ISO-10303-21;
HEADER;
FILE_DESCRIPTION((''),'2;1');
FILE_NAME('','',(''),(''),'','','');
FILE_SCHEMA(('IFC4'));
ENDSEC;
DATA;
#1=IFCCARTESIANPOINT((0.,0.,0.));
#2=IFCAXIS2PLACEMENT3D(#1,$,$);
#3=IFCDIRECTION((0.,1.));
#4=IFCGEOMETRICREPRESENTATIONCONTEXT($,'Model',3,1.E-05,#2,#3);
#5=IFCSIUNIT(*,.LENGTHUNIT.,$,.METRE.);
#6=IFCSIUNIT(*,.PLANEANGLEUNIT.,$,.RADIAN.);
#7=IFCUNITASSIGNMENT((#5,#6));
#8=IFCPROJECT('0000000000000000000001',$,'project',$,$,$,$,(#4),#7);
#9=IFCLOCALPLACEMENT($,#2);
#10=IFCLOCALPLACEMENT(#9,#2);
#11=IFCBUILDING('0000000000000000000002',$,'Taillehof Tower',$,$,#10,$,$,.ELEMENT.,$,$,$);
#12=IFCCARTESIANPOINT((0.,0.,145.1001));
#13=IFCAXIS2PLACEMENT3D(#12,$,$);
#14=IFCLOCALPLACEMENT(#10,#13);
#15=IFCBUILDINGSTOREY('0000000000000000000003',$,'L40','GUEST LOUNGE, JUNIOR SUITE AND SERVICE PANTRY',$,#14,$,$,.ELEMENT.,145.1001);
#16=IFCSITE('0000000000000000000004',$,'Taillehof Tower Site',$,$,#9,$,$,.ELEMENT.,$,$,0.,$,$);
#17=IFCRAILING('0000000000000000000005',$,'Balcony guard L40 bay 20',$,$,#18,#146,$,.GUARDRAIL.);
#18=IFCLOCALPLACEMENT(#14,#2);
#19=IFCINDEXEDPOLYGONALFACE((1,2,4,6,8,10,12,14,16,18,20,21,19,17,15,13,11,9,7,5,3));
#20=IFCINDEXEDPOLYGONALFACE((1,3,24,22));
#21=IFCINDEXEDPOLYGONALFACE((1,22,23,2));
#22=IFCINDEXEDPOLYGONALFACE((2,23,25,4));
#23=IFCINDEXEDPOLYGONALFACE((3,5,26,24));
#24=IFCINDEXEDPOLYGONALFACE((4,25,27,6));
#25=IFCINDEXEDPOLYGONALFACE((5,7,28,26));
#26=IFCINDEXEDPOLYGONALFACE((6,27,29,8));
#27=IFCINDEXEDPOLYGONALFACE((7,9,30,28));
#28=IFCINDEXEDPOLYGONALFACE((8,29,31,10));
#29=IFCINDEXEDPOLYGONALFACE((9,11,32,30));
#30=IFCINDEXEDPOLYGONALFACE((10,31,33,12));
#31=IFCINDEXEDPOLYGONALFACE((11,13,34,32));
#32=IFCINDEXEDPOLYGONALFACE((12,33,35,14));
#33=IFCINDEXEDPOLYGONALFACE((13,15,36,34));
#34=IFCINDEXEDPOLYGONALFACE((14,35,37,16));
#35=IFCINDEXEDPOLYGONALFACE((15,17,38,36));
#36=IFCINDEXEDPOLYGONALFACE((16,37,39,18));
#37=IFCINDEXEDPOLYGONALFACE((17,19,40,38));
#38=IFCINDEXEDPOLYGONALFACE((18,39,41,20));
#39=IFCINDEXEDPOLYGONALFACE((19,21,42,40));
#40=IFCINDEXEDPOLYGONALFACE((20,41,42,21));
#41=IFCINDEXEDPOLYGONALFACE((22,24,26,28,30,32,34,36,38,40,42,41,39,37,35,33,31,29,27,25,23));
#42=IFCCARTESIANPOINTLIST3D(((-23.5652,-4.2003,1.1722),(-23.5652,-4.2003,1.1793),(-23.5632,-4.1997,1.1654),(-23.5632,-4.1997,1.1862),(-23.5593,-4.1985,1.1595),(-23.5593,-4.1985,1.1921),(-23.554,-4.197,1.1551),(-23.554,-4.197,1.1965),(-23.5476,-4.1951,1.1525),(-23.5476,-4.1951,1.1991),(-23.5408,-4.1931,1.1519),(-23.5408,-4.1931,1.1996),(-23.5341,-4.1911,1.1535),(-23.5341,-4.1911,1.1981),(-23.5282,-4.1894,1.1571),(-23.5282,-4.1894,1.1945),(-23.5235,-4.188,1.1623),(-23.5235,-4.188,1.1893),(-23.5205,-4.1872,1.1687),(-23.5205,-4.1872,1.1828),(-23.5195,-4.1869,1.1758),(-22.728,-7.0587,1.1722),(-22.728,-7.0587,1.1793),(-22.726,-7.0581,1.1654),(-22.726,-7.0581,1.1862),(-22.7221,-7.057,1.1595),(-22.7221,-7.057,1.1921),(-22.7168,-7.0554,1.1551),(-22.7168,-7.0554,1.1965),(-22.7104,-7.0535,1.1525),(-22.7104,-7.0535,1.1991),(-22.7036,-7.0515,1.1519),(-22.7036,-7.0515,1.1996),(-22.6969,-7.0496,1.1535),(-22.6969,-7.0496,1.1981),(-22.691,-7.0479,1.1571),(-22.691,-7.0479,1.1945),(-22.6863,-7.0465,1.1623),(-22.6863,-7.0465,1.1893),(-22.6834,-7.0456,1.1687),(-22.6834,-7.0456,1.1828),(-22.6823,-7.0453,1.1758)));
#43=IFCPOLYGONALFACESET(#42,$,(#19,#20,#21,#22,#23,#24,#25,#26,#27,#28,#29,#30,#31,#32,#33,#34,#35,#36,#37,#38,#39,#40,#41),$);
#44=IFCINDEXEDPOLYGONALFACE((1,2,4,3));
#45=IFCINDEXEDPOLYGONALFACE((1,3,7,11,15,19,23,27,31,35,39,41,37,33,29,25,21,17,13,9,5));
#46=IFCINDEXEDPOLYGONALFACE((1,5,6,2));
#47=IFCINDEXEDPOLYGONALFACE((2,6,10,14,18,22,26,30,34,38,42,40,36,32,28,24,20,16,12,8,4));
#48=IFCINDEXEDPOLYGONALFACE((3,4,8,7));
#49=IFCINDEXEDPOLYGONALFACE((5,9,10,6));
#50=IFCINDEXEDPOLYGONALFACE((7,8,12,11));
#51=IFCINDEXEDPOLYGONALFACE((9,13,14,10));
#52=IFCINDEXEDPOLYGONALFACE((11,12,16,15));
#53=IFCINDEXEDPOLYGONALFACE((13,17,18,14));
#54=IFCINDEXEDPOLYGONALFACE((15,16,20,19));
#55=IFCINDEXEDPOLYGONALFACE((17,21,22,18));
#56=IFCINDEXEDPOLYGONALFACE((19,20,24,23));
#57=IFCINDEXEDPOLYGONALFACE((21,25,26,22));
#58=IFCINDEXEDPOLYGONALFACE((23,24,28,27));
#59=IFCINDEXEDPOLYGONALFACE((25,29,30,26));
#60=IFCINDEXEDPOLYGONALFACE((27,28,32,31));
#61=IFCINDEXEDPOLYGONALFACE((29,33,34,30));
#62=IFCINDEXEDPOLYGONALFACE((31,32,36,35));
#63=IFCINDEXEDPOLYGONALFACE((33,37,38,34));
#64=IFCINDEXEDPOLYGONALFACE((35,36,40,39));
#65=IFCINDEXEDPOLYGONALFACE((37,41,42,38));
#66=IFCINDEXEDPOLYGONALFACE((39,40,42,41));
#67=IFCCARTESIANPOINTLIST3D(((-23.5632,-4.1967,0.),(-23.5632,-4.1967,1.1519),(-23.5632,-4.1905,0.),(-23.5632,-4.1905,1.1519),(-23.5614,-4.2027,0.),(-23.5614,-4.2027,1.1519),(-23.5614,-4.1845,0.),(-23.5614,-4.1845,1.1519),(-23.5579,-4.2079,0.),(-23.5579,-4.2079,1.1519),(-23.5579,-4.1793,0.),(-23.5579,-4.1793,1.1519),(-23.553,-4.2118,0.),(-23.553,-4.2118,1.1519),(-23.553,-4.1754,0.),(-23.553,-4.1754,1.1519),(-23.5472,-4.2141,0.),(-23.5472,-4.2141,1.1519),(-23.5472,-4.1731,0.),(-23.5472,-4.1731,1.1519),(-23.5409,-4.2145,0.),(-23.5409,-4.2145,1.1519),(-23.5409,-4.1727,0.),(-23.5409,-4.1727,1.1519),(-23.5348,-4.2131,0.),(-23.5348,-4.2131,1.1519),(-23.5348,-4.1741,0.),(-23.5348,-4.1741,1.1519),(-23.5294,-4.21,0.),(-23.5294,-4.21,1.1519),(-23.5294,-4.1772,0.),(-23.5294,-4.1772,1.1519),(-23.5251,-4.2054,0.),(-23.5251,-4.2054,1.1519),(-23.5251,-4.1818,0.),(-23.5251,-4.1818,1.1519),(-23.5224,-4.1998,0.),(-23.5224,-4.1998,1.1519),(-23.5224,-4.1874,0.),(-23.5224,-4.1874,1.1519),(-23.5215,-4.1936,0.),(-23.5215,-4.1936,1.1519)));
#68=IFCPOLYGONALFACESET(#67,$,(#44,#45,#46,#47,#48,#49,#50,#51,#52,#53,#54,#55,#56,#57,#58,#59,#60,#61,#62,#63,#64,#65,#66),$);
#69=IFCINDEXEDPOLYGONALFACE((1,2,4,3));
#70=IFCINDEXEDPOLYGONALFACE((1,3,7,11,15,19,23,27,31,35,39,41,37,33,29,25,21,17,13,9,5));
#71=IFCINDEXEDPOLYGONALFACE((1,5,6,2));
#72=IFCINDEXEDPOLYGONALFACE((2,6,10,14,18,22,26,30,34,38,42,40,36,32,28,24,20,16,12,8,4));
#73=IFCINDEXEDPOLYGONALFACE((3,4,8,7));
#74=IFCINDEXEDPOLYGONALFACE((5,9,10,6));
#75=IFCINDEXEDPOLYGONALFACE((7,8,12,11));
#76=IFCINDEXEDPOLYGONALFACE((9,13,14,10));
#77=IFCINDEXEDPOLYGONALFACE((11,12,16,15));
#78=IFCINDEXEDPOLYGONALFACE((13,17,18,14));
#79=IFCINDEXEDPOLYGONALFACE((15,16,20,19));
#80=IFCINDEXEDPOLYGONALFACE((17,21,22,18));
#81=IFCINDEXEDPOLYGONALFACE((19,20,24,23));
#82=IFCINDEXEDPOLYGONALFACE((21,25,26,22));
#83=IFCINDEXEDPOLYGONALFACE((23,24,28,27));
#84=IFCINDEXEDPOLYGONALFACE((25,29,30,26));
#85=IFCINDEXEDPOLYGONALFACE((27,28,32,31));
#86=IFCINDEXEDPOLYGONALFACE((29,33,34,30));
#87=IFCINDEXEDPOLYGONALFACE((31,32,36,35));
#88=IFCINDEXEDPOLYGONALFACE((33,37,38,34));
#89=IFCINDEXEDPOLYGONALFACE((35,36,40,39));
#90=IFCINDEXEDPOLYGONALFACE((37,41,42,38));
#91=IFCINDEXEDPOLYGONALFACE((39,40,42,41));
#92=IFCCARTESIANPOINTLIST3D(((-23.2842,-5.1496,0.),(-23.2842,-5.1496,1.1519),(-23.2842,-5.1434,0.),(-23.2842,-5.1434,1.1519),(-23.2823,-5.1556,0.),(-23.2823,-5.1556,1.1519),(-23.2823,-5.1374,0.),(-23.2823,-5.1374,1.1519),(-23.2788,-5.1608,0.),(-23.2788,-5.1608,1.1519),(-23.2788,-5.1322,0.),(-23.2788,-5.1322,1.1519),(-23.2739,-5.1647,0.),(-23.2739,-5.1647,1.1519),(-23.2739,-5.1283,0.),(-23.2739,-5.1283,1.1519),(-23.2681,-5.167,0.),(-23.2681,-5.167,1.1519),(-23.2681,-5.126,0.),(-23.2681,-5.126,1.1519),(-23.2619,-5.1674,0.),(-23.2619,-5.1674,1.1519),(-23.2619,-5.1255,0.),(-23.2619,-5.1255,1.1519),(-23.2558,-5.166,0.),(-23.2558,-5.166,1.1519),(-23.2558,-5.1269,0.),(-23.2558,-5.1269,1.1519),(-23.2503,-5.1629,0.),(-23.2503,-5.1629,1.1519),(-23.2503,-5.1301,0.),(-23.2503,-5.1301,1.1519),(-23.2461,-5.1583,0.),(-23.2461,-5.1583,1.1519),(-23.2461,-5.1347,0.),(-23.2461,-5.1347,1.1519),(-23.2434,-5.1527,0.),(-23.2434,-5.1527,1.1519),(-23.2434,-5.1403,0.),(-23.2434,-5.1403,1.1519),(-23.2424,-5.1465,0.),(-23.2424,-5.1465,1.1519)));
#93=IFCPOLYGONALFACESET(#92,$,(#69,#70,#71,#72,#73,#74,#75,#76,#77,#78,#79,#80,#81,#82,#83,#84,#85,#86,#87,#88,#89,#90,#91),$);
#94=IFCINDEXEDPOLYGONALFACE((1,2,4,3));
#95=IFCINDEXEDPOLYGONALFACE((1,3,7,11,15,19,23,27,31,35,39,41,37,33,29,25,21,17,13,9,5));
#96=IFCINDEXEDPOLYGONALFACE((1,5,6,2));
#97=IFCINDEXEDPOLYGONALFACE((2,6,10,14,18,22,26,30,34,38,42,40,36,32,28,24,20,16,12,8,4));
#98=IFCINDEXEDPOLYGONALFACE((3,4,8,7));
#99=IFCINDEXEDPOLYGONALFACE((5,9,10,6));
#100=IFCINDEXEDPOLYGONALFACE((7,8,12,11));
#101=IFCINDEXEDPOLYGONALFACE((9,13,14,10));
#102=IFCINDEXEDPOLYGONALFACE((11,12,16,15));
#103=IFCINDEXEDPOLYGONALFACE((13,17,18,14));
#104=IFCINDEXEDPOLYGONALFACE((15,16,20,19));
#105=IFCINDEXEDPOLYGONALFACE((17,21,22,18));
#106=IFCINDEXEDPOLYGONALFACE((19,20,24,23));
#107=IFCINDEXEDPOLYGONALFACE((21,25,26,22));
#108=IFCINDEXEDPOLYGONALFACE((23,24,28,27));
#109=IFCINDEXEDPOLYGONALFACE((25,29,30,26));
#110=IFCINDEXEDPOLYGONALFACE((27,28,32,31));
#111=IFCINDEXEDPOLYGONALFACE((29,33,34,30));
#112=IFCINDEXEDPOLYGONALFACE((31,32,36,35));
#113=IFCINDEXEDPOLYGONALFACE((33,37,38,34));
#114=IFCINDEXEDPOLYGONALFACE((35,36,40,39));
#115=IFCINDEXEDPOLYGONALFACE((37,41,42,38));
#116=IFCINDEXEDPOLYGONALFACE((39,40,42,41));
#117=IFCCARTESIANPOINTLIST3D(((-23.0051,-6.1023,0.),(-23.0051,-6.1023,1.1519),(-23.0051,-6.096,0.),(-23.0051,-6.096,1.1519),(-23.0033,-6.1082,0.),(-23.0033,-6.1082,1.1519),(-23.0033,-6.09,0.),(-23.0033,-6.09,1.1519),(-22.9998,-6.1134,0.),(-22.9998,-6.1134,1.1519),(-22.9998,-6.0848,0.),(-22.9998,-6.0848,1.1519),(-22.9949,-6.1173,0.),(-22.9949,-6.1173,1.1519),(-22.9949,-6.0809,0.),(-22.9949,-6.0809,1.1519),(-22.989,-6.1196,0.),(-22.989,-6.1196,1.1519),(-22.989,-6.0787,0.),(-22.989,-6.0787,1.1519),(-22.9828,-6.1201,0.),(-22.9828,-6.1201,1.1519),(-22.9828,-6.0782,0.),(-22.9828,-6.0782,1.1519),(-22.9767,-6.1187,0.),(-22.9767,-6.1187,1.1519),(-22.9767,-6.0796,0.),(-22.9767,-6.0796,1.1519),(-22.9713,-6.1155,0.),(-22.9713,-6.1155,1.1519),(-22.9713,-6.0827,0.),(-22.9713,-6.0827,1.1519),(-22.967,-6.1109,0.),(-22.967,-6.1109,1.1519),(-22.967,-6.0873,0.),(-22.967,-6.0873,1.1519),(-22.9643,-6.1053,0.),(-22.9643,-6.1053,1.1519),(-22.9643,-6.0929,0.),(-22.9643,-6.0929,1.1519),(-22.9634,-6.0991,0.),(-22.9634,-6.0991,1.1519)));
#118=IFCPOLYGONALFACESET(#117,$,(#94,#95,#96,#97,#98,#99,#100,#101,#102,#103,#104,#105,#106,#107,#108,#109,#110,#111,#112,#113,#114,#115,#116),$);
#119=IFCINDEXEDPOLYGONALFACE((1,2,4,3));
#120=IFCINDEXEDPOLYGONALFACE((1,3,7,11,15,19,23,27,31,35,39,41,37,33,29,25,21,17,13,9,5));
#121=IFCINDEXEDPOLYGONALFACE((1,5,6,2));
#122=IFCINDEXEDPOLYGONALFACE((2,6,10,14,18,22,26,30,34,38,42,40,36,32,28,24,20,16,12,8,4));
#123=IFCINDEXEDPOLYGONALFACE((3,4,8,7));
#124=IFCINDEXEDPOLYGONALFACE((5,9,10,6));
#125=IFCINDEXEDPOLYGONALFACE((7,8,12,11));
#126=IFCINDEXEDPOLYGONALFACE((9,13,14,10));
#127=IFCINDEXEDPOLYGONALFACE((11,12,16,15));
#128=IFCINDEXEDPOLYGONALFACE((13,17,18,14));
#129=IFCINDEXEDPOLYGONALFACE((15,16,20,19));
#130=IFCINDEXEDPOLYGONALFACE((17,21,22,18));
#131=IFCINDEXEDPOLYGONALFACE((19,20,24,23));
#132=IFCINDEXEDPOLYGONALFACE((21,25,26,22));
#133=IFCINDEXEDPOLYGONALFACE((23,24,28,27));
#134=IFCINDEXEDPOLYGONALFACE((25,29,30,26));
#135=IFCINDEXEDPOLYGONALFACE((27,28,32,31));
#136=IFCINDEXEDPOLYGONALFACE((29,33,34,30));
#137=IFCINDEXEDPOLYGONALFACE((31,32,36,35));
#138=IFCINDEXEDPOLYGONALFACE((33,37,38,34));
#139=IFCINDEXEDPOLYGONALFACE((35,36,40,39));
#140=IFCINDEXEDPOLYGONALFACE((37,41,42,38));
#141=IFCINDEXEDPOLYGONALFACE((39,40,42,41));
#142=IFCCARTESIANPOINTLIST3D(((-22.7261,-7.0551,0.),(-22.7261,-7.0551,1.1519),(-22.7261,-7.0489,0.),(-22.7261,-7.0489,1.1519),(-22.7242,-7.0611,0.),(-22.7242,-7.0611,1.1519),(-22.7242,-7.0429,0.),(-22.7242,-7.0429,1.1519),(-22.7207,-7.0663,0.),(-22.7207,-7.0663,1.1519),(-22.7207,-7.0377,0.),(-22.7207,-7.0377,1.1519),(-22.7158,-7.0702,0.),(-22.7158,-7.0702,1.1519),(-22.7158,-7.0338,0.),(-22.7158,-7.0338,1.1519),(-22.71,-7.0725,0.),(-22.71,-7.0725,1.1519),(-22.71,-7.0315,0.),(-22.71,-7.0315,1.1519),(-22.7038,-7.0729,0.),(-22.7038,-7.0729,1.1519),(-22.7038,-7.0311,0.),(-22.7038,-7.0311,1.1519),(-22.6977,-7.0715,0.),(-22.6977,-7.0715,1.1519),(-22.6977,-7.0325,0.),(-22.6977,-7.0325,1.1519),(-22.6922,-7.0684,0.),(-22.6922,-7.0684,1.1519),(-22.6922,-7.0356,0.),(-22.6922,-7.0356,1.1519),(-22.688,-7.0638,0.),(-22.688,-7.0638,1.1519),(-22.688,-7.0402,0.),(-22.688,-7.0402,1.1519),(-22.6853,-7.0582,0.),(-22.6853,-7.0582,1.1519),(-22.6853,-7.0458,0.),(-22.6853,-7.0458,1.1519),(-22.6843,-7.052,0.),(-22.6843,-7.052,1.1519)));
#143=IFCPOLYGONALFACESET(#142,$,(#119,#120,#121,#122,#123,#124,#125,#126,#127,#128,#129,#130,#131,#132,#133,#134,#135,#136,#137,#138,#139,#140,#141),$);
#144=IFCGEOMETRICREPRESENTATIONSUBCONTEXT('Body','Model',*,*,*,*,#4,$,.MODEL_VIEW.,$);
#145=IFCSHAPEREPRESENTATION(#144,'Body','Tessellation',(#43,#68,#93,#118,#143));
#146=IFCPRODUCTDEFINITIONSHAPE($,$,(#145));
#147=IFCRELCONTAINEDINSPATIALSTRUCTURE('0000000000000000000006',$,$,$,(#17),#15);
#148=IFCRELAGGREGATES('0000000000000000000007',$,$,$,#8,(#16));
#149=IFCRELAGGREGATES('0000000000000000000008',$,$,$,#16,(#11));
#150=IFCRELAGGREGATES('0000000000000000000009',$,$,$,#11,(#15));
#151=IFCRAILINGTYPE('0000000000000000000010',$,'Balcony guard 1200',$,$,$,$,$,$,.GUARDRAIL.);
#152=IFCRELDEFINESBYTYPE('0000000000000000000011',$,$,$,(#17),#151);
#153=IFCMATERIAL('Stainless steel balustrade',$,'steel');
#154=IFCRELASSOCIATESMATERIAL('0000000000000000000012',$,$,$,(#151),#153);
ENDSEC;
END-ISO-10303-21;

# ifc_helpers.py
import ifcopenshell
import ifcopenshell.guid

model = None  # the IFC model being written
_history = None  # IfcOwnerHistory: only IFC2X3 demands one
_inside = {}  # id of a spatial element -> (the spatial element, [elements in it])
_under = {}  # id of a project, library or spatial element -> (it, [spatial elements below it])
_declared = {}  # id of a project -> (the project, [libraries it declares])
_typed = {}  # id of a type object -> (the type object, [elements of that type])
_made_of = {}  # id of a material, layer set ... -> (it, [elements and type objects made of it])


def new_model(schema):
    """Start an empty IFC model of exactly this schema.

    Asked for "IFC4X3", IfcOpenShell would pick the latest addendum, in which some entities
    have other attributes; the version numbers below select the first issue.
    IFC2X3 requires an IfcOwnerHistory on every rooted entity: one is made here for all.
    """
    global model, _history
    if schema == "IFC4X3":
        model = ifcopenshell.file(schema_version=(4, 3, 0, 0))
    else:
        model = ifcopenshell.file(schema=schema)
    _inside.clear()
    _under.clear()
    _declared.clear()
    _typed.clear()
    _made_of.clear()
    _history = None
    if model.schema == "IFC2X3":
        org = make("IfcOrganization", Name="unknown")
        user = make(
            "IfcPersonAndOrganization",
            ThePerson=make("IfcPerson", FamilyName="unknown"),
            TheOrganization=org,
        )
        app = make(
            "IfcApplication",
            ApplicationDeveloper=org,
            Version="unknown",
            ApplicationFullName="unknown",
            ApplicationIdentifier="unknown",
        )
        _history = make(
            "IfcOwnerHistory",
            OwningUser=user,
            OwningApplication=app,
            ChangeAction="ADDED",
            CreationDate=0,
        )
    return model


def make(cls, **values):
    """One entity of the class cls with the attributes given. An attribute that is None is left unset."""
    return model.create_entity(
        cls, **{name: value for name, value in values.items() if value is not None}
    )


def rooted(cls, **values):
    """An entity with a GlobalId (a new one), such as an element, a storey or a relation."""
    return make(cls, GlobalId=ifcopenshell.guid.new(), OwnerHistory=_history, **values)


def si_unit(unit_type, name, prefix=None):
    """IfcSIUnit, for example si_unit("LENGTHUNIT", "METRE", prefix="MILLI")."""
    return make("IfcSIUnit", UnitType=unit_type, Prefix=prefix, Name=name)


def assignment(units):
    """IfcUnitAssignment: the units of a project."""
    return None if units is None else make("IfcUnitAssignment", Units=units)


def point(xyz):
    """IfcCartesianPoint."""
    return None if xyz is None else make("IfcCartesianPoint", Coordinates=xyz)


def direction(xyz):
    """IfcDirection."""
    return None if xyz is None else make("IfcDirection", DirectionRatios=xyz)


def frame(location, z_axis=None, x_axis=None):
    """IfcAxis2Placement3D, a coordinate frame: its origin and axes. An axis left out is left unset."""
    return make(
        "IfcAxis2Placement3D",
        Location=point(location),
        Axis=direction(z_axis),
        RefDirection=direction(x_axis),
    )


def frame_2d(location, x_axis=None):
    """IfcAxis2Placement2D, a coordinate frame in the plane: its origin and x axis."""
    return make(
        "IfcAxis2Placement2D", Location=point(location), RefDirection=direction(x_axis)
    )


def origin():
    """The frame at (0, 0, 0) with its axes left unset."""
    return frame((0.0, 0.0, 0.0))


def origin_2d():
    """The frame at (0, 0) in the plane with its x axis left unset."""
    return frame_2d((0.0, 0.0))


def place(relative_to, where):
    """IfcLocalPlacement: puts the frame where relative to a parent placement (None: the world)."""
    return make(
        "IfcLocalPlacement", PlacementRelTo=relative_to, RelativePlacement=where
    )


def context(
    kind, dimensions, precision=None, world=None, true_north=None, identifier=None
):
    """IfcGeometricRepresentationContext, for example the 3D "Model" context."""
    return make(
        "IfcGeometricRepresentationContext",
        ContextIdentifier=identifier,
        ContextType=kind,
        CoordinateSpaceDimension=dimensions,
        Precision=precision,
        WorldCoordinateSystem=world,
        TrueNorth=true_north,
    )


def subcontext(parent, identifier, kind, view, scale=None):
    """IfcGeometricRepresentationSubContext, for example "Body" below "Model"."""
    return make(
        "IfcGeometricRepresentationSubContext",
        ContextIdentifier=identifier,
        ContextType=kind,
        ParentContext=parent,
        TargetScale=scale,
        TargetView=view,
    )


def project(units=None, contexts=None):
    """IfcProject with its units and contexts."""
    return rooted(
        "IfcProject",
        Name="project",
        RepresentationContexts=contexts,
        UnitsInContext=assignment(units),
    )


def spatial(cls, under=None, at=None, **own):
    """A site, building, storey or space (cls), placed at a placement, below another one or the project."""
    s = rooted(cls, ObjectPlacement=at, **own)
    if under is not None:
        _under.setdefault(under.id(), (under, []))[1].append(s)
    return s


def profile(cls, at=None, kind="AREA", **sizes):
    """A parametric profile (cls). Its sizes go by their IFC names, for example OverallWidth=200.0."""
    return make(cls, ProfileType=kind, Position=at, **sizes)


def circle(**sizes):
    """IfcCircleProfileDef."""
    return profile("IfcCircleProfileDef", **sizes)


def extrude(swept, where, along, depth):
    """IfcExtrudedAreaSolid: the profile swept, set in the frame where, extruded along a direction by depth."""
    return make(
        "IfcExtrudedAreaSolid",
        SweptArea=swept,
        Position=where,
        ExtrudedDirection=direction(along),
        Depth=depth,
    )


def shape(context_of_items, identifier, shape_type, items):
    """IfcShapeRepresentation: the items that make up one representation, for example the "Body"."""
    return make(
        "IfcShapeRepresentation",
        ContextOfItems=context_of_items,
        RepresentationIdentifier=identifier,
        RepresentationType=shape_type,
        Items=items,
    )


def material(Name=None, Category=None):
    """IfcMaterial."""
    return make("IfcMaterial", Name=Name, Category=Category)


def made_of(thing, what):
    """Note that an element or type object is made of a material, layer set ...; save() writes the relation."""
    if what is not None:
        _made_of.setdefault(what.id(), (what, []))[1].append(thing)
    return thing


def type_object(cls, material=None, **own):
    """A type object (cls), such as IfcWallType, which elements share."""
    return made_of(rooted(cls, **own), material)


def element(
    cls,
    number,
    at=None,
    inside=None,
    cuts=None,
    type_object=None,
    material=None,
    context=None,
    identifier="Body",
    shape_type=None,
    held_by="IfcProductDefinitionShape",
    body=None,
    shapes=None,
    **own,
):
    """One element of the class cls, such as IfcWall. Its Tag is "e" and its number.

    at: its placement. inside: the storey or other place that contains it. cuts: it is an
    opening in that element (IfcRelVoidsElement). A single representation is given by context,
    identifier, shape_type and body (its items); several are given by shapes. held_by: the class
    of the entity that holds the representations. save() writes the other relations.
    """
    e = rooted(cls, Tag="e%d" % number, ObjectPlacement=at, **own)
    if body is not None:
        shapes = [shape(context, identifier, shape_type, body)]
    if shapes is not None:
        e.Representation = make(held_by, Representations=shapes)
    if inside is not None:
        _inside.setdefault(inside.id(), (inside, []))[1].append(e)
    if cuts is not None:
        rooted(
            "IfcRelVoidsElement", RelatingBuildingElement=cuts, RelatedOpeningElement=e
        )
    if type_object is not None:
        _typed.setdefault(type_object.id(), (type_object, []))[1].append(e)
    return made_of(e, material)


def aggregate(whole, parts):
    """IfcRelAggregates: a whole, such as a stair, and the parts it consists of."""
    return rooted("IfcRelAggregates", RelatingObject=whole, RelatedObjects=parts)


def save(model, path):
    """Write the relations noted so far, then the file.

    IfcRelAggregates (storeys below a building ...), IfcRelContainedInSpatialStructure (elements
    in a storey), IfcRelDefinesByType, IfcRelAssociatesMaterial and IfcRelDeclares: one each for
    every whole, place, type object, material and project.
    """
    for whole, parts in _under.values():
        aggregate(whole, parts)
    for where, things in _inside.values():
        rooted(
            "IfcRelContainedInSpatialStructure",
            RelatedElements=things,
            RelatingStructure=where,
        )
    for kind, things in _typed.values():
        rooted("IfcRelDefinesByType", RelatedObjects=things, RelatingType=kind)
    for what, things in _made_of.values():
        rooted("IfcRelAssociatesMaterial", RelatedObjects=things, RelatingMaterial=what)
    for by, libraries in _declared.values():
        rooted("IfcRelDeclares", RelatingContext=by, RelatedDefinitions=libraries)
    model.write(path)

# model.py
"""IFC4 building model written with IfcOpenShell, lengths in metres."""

from ifc_helpers import new_model, si_unit, direction, frame, origin, origin_2d, place, context, subcontext, project, spatial, circle, extrude, material, type_object, element, save


model = new_model("IFC4")

# Units and contexts
model_context = context("Model", 3, precision=1e-05, world=origin(), true_north=direction((0.0, 1.0)))
body_context = subcontext(model_context, "Body", "Model", "MODEL_VIEW")
ifc_project = project(units=[si_unit("LENGTHUNIT", "METRE"), si_unit("PLANEANGLEUNIT", "RADIAN")], contexts=[model_context])

# Site, building, storey
site_placement = place(None, origin())
site = spatial("IfcSite", under=ifc_project, at=site_placement, Name="Taillehof Tower Site", CompositionType="ELEMENT", RefElevation=0.0)
building_placement = place(site_placement, origin())
building = spatial("IfcBuilding", under=site, at=building_placement, Name="Taillehof Tower", CompositionType="ELEMENT")
storey_placement = place(building_placement, frame((0.0, 0.0, 145.1001)))
storey = spatial("IfcBuildingStorey", under=building, at=storey_placement, Name="L40", Description="GUEST LOUNGE, JUNIOR SUITE AND SERVICE PANTRY", CompositionType="ELEMENT", Elevation=145.1001)

# Railing
ifc_material_1 = material(Name="Stainless steel balustrade", Category="steel")
railing_type = type_object("IfcRailingType", Name="Balcony guard 1200", PredefinedType="GUARDRAIL", material=ifc_material_1)
railing_1_placement = place(storey_placement, frame((-23.5425, -4.1936, 0.0)))
element("IfcRailing", 1, at=railing_1_placement, inside=storey, type_object=railing_type, Name="Balcony guard L40 bay 20", PredefinedType="GUARDRAIL", context=body_context, shape_type="SweptSolid", body=[
    extrude(circle(Radius=0.0239, at=origin_2d()), frame((0.0, 0.0, 1.1758), z_axis=(0.28107, -0.959687, 0.0), x_axis=(0.959687, 0.28107, 0.0)), (0.0, 0.0, 1.0), 2.9785),
    extrude(circle(Radius=0.021, at=origin_2d()), origin(), (0.0, 0.0, 1.0), 1.1519),
    extrude(circle(Radius=0.021, at=origin_2d()), frame((0.2791, -0.9529, 0.0)), (0.0, 0.0, 1.0), 1.1519),
    extrude(circle(Radius=0.021, at=origin_2d()), frame((0.5581, -1.9055, 0.0)), (0.0, 0.0, 1.0), 1.1519),
    extrude(circle(Radius=0.021, at=origin_2d()), frame((0.8372, -2.8584, 0.0)), (0.0, 0.0, 1.0), 1.1519),
])

save(model, "model.ifc")
